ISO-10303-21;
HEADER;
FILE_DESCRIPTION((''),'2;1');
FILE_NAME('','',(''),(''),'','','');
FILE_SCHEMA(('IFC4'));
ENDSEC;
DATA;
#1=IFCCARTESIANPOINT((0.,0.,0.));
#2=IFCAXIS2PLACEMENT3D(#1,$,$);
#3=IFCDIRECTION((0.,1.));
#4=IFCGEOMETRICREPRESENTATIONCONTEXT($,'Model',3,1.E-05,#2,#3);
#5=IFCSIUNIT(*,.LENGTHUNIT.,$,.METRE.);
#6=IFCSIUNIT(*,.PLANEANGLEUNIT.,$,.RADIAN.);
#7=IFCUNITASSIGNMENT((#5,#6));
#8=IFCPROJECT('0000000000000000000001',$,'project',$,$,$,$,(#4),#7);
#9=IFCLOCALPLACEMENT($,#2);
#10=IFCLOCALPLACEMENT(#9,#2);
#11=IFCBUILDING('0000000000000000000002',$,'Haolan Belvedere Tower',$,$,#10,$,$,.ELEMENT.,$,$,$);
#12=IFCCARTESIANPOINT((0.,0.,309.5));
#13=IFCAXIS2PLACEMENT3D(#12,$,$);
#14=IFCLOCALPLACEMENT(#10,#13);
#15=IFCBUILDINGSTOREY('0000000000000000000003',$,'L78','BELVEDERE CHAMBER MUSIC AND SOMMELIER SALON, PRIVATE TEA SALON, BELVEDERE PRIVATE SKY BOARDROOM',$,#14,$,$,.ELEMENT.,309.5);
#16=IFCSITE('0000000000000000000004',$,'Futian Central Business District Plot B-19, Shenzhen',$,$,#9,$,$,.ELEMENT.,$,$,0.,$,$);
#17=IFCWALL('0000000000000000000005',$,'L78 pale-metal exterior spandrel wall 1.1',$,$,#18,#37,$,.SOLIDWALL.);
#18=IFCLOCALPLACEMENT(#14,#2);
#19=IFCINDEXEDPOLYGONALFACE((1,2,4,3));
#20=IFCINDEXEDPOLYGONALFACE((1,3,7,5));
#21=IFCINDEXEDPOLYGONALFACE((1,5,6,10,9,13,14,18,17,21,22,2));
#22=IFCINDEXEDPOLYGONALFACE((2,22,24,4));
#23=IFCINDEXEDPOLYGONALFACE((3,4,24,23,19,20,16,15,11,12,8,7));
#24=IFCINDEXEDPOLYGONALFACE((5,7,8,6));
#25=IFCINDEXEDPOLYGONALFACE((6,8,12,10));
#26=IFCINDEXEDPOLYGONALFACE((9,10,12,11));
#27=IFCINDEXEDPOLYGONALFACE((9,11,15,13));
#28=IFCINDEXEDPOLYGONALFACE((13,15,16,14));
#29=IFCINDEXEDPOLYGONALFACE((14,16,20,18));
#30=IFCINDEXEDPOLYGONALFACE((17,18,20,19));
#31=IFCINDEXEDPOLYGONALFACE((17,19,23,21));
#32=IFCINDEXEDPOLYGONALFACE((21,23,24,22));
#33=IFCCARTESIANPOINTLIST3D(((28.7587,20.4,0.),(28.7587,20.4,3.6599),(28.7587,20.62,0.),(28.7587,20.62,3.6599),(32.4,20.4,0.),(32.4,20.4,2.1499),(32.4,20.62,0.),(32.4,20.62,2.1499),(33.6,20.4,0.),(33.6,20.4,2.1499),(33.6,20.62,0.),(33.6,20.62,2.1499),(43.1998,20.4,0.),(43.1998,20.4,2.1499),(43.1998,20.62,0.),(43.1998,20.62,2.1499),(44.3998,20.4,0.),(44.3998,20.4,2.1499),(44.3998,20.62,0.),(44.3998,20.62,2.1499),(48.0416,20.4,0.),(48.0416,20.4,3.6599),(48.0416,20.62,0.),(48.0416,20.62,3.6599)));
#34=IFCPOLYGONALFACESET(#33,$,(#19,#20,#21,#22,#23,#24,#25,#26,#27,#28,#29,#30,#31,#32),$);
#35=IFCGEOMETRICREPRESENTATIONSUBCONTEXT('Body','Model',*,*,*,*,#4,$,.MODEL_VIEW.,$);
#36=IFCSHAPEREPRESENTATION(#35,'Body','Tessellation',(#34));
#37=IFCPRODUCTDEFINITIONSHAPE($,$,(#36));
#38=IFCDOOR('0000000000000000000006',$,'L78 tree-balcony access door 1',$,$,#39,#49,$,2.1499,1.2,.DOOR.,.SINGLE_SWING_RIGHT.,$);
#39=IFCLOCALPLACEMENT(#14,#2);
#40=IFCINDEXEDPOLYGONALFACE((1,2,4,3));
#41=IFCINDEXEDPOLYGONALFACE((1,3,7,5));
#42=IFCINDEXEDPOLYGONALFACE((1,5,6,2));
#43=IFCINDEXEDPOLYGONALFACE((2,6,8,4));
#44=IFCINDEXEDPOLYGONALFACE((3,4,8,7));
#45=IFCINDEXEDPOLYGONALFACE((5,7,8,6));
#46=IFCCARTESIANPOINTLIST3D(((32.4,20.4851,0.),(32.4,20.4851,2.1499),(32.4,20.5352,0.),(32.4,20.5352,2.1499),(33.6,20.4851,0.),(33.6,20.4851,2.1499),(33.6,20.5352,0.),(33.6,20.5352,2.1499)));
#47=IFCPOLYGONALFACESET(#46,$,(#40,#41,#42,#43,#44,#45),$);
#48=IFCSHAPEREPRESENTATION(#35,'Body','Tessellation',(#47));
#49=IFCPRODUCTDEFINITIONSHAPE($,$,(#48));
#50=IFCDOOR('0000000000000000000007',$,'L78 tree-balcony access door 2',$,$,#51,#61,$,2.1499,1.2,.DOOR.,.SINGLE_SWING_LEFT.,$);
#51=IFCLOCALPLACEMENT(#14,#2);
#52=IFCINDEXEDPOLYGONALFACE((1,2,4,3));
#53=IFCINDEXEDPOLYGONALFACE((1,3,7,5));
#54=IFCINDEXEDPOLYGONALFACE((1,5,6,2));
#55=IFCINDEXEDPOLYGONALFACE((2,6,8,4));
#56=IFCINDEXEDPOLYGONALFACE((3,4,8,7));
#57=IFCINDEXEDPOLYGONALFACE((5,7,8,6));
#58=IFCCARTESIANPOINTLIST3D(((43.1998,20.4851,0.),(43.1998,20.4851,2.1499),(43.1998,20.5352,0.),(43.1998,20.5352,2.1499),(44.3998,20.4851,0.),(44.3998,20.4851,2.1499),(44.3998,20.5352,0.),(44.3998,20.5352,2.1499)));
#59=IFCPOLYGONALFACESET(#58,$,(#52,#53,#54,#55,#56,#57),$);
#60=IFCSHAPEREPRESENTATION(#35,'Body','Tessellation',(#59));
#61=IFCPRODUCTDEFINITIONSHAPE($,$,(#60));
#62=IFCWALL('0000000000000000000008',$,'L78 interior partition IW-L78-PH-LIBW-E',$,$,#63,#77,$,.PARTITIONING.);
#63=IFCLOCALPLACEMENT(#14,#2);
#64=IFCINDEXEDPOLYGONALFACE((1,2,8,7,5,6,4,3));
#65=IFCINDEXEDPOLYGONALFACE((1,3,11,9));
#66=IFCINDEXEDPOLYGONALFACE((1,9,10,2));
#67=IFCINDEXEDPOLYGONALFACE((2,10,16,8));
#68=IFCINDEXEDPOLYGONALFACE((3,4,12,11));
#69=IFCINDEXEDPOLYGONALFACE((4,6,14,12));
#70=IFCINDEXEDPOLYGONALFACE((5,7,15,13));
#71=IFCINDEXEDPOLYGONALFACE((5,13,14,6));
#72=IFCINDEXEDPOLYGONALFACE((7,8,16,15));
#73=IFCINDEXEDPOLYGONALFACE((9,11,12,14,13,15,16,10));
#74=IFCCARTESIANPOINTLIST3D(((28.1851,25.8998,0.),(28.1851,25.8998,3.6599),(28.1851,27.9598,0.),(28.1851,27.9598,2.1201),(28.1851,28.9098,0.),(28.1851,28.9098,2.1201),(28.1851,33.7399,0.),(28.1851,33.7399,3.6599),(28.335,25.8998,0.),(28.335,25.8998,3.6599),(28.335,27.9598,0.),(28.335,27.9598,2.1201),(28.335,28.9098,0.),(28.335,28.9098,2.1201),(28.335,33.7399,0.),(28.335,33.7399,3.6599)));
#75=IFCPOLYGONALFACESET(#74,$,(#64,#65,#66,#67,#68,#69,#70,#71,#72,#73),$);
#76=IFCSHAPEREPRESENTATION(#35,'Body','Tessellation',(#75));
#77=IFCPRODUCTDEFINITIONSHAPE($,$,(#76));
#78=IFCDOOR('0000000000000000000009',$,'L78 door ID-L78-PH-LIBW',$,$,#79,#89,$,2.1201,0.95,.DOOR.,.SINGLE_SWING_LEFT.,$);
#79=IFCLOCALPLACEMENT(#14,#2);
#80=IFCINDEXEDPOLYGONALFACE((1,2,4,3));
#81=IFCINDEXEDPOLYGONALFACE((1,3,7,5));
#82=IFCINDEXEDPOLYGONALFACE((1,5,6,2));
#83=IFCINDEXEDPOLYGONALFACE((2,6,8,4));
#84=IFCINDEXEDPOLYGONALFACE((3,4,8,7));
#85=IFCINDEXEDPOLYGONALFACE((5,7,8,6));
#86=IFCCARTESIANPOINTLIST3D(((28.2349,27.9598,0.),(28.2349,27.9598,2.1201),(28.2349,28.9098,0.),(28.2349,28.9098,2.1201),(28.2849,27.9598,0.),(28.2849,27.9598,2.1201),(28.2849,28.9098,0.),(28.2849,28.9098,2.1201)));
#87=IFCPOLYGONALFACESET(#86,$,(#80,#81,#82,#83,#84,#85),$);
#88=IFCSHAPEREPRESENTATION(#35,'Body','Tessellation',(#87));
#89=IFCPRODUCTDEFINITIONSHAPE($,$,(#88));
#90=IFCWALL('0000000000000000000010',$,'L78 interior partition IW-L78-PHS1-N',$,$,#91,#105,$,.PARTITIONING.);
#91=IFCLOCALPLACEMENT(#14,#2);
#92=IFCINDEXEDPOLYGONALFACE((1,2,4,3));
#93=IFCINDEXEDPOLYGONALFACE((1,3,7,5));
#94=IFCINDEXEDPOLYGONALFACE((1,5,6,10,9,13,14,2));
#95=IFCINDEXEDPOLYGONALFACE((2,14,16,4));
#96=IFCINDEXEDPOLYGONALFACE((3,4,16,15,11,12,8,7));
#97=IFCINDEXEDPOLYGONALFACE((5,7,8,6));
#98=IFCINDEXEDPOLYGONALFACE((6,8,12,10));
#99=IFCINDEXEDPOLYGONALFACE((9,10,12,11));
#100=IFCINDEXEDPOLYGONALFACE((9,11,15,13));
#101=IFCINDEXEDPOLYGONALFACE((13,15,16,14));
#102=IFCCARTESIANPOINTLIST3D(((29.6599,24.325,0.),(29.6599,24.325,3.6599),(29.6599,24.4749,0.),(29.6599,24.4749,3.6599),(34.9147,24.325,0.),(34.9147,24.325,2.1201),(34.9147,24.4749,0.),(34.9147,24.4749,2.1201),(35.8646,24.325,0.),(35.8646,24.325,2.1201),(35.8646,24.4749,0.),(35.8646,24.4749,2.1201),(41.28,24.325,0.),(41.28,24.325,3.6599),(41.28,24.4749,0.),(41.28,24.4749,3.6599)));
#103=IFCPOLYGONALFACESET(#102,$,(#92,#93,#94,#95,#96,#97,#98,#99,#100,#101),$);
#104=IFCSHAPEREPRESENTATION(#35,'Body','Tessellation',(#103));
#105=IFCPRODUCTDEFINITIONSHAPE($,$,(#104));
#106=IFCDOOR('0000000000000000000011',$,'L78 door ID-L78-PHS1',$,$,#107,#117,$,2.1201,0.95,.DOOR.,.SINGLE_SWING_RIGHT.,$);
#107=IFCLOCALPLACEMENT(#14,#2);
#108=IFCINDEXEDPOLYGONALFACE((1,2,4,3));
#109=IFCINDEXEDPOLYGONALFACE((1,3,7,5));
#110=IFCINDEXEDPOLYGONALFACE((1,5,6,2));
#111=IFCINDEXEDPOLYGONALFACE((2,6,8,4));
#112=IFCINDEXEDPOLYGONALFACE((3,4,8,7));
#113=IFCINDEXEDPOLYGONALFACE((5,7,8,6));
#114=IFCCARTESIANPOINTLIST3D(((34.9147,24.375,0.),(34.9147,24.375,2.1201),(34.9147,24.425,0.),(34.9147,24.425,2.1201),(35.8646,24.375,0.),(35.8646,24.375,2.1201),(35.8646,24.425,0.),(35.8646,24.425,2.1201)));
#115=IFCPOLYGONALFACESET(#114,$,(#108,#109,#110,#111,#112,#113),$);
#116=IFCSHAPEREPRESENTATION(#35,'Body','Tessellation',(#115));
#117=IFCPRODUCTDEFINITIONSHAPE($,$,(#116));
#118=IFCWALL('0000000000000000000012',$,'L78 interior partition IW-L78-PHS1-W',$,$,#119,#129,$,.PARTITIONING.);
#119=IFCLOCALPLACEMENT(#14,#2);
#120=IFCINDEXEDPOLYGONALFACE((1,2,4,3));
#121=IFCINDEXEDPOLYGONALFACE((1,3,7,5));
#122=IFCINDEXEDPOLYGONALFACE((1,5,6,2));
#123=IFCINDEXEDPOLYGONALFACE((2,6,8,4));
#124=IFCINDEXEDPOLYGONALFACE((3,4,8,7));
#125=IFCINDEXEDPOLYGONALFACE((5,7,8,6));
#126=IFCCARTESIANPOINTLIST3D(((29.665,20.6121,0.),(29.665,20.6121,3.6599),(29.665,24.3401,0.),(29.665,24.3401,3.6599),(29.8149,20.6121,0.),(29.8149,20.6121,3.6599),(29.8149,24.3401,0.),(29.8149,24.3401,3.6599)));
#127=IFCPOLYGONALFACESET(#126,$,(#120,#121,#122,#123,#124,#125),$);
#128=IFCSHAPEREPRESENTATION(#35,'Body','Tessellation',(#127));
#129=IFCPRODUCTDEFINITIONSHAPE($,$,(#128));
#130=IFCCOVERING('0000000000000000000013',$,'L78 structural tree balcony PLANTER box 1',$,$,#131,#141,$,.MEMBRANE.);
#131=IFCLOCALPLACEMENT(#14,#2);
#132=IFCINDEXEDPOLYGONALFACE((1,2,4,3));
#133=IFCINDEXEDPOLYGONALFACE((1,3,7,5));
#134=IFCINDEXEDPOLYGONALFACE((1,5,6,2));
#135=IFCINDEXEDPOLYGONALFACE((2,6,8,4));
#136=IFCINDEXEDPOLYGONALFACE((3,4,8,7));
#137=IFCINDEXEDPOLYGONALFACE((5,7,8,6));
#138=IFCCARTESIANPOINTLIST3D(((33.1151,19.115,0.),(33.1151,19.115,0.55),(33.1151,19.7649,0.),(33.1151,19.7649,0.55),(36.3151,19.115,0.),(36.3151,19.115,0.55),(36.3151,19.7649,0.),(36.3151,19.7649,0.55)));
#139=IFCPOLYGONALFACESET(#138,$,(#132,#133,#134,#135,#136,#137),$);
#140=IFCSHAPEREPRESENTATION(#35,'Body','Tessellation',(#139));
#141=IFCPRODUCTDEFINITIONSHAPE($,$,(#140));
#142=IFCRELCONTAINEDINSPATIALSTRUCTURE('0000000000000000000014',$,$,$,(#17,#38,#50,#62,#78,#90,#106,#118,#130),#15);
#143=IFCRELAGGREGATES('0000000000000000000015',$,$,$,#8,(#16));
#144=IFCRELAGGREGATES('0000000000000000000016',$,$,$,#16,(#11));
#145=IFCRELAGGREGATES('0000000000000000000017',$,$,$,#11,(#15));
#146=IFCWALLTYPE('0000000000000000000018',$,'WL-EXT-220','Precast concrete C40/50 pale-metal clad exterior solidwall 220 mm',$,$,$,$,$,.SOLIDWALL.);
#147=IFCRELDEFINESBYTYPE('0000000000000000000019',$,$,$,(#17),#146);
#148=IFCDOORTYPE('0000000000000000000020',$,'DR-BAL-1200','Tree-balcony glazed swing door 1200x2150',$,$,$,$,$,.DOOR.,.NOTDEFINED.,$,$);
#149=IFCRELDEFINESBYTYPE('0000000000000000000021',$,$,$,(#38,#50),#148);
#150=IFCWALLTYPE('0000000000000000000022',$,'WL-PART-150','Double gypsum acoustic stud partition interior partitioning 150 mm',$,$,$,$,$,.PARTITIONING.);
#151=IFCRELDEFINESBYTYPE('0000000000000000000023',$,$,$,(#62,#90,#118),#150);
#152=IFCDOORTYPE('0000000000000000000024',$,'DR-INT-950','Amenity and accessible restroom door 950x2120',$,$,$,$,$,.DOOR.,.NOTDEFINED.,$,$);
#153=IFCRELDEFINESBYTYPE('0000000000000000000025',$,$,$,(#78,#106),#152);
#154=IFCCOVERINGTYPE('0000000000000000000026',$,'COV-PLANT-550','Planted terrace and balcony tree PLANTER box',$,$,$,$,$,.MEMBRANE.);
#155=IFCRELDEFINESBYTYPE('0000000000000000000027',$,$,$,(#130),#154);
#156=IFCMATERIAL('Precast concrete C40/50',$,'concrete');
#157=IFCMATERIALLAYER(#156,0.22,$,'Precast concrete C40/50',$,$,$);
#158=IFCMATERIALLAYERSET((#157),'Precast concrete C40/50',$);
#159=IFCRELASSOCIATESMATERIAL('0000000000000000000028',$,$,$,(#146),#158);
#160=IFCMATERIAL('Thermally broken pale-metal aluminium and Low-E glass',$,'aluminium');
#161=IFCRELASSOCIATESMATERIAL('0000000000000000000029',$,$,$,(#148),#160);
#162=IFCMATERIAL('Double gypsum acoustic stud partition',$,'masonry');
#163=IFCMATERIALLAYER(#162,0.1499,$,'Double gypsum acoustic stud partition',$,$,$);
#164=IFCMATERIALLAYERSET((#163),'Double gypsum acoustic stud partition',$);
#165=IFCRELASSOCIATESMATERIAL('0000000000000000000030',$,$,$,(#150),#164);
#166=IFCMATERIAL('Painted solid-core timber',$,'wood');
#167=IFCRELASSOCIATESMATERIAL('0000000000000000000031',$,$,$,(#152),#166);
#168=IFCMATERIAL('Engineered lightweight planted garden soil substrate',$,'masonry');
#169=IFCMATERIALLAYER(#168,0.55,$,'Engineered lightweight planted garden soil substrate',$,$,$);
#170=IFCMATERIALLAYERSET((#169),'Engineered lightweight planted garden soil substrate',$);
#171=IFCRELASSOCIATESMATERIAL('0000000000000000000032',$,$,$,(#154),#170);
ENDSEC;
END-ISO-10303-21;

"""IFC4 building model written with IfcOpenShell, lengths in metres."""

from ifc_helpers import new_model, si_unit, direction, frame, frame_2d, origin, origin_2d, place, context, subcontext, project, spatial, rectangle, extrude, material, layer, layer_set, type_object, element, fill, save


model = new_model("IFC4")

# Units and contexts
model_context = context("Model", 3, precision=1e-05, world=origin(), true_north=direction((0.0, 1.0)))
body_context = subcontext(model_context, "Body", "Model", "MODEL_VIEW")
ifc_project = project(units=[si_unit("LENGTHUNIT", "METRE"), si_unit("PLANEANGLEUNIT", "RADIAN")], contexts=[model_context])

# Site, building, storey
site_placement = place(None, origin())
site = spatial("IfcSite", under=ifc_project, at=site_placement, Name="Futian Central Business District Plot B-19, Shenzhen", CompositionType="ELEMENT", RefElevation=0.0)
building_placement = place(site_placement, origin())
building = spatial("IfcBuilding", under=site, at=building_placement, Name="Haolan Belvedere Tower", CompositionType="ELEMENT")
storey_placement = place(building_placement, frame((0.0, 0.0, 309.5)))
storey = spatial("IfcBuildingStorey", under=building, at=storey_placement, Name="L78", Description="BELVEDERE CHAMBER MUSIC AND SOMMELIER SALON, PRIVATE TEA SALON, BELVEDERE PRIVATE SKY BOARDROOM", CompositionType="ELEMENT", Elevation=309.5)

# Wall, openings, doors
ifc_material_1 = material(Name="Precast concrete C40/50", Category="concrete")
ifc_layer_1 = layer(ifc_material_1, 0.22, Name="Precast concrete C40/50")
ifc_layer_set_1 = layer_set([ifc_layer_1], Name="Precast concrete C40/50")
wall_type_1 = type_object("IfcWallType", Name="WL-EXT-220", Description="Precast concrete C40/50 pale-metal clad exterior solidwall 220 mm", PredefinedType="SOLIDWALL", material=ifc_layer_set_1)
wall_1_placement = place(storey_placement, frame((28.7585, 20.51, 0.0), z_axis=(0.0, 0.0, 1.0), x_axis=(1.0, 0.0, 0.0)))
wall_1 = element("IfcWall", 1, at=wall_1_placement, inside=storey, type_object=wall_type_1, Name="L78 pale-metal exterior spandrel wall 1.1", PredefinedType="SOLIDWALL", context=body_context, shape_type="SweptSolid", body=[
    extrude(rectangle(XDim=19.283, YDim=0.22, at=frame_2d((9.6416, 0.0))), origin(), (0.0, 0.0, 1.0), 3.6599),
])
opening_1_placement = place(wall_1_placement, frame((4.8416, 0.0, 0.0), z_axis=(0.0, 0.0, 1.0), x_axis=(-1.0, 0.0, 0.0)))
opening_1 = element("IfcOpeningElement", 2, at=opening_1_placement, cuts=wall_1, PredefinedType="OPENING", context=body_context, shape_type="SweptSolid", body=[
    extrude(rectangle(XDim=1.2, YDim=2.1499, at=frame_2d((0.6001, 1.075))), frame((0.0, 0.1199, 0.0), z_axis=(0.0, -1.0, 0.0), x_axis=(1.0, 0.0, 0.0)), (0.0, 0.0, 1.0), 0.24),
])
opening_2_placement = place(wall_1_placement, frame((15.6414, 0.0, 0.0), z_axis=(0.0, 0.0, 1.0), x_axis=(-1.0, 0.0, 0.0)))
opening_2 = element("IfcOpeningElement", 3, at=opening_2_placement, cuts=wall_1, PredefinedType="OPENING", context=body_context, shape_type="SweptSolid", body=[
    extrude(rectangle(XDim=1.2, YDim=2.1499, at=frame_2d((0.6001, 1.075))), frame((0.0, 0.1199, 0.0), z_axis=(0.0, -1.0, 0.0), x_axis=(1.0, 0.0, 0.0)), (0.0, 0.0, 1.0), 0.24),
])
ifc_material_2 = material(Name="Thermally broken pale-metal aluminium and Low-E glass", Category="aluminium")
door_type_1 = type_object("IfcDoorType", Name="DR-BAL-1200", Description="Tree-balcony glazed swing door 1200x2150", OperationType="NOTDEFINED", PredefinedType="DOOR", material=ifc_material_2)
door_1_placement = place(opening_1_placement, origin())
door_1 = element("IfcDoor", 4, at=door_1_placement, inside=storey, type_object=door_type_1, Name="L78 tree-balcony access door 1", OperationType="SINGLE_SWING_RIGHT", OverallHeight=2.1499, OverallWidth=1.2, PredefinedType="DOOR", context=body_context, shape_type="SweptSolid", body=[
    extrude(rectangle(XDim=1.2, YDim=2.1499, at=frame_2d((0.6001, 1.075))), frame((0.0, 0.0249, 0.0), z_axis=(0.0, -1.0, 0.0), x_axis=(1.0, 0.0, 0.0)), (0.0, 0.0, 1.0), 0.05),
])
fill(opening_1, door_1)
door_2_placement = place(opening_2_placement, origin())
door_2 = element("IfcDoor", 5, at=door_2_placement, inside=storey, type_object=door_type_1, Name="L78 tree-balcony access door 2", OperationType="SINGLE_SWING_LEFT", OverallHeight=2.1499, OverallWidth=1.2, PredefinedType="DOOR", context=body_context, shape_type="SweptSolid", body=[
    extrude(rectangle(XDim=1.2, YDim=2.1499, at=frame_2d((0.6001, 1.075))), frame((0.0, 0.0249, 0.0), z_axis=(0.0, -1.0, 0.0), x_axis=(1.0, 0.0, 0.0)), (0.0, 0.0, 1.0), 0.05),
])
fill(opening_2, door_2)

# Walls, openings, doors
ifc_material_3 = material(Name="Double gypsum acoustic stud partition", Category="masonry")
ifc_layer_2 = layer(ifc_material_3, 0.1499, Name="Double gypsum acoustic stud partition")
ifc_layer_set_2 = layer_set([ifc_layer_2], Name="Double gypsum acoustic stud partition")
wall_type_2 = type_object("IfcWallType", Name="WL-PART-150", Description="Double gypsum acoustic stud partition interior partitioning 150 mm", PredefinedType="PARTITIONING", material=ifc_layer_set_2)
wall_2_placement = place(storey_placement, frame((28.26, 25.8999, 0.0), z_axis=(0.0, 0.0, 1.0), x_axis=(0.0, 1.0, 0.0)))
wall_2 = element("IfcWall", 6, at=wall_2_placement, inside=storey, type_object=wall_type_2, Name="L78 interior partition IW-L78-PH-LIBW-E", PredefinedType="PARTITIONING", context=body_context, shape_type="SweptSolid", body=[
    extrude(rectangle(XDim=7.8401, YDim=0.1499, at=frame_2d((3.9199, 0.0))), origin(), (0.0, 0.0, 1.0), 3.6599),
])
opening_3_placement = place(wall_2_placement, frame((3.01, 0.0, 0.0), z_axis=(0.0, 0.0, 1.0), x_axis=(-1.0, 0.0, 0.0)))
opening_3 = element("IfcOpeningElement", 7, at=opening_3_placement, cuts=wall_2, PredefinedType="OPENING", context=body_context, shape_type="SweptSolid", body=[
    extrude(rectangle(XDim=0.95, YDim=2.1201, at=frame_2d((0.4751, 1.0601))), frame((0.0, 0.085, 0.0), z_axis=(0.0, -1.0, 0.0), x_axis=(1.0, 0.0, 0.0)), (0.0, 0.0, 1.0), 0.1699),
])
ifc_material_4 = material(Name="Painted solid-core timber", Category="wood")
door_type_2 = type_object("IfcDoorType", Name="DR-INT-950", Description="Amenity and accessible restroom door 950x2120", OperationType="NOTDEFINED", PredefinedType="DOOR", material=ifc_material_4)
door_3_placement = place(opening_3_placement, origin())
door_3 = element("IfcDoor", 8, at=door_3_placement, inside=storey, type_object=door_type_2, Name="L78 door ID-L78-PH-LIBW", OperationType="SINGLE_SWING_LEFT", OverallHeight=2.1201, OverallWidth=0.95, PredefinedType="DOOR", context=body_context, shape_type="SweptSolid", body=[
    extrude(rectangle(XDim=0.95, YDim=2.1201, at=frame_2d((0.4751, 1.0601))), frame((0.0, 0.0249, 0.0), z_axis=(0.0, -1.0, 0.0), x_axis=(1.0, 0.0, 0.0)), (0.0, 0.0, 1.0), 0.05),
])
fill(opening_3, door_3)
wall_3_placement = place(storey_placement, frame((29.6599, 24.3999, 0.0), z_axis=(0.0, 0.0, 1.0), x_axis=(1.0, 0.0, 0.0)))
wall_3 = element("IfcWall", 9, at=wall_3_placement, inside=storey, type_object=wall_type_2, Name="L78 interior partition IW-L78-PHS1-N", PredefinedType="PARTITIONING", context=body_context, shape_type="SweptSolid", body=[
    extrude(rectangle(XDim=11.6201, YDim=0.1499, at=frame_2d((5.8101, 0.0))), origin(), (0.0, 0.0, 1.0), 3.6599),
])
opening_4_placement = place(wall_3_placement, frame((6.2048, 0.0, 0.0), z_axis=(0.0, 0.0, 1.0), x_axis=(-1.0, 0.0, 0.0)))
opening_4 = element("IfcOpeningElement", 10, at=opening_4_placement, cuts=wall_3, PredefinedType="OPENING", context=body_context, shape_type="SweptSolid", body=[
    extrude(rectangle(XDim=0.95, YDim=2.1201, at=frame_2d((0.4751, 1.0601))), frame((0.0, 0.085, 0.0), z_axis=(0.0, -1.0, 0.0), x_axis=(1.0, 0.0, 0.0)), (0.0, 0.0, 1.0), 0.1699),
])
door_4_placement = place(opening_4_placement, origin())
door_4 = element("IfcDoor", 11, at=door_4_placement, inside=storey, type_object=door_type_2, Name="L78 door ID-L78-PHS1", OperationType="SINGLE_SWING_RIGHT", OverallHeight=2.1201, OverallWidth=0.95, PredefinedType="DOOR", context=body_context, shape_type="SweptSolid", body=[
    extrude(rectangle(XDim=0.95, YDim=2.1201, at=frame_2d((0.4751, 1.0601))), frame((0.0, 0.0249, 0.0), z_axis=(0.0, -1.0, 0.0), x_axis=(1.0, 0.0, 0.0)), (0.0, 0.0, 1.0), 0.05),
])
fill(opening_4, door_4)

# Wall
wall_4_placement = place(storey_placement, frame((29.74, 20.6121, 0.0), z_axis=(0.0, 0.0, 1.0), x_axis=(0.0, 1.0, 0.0)))
element("IfcWall", 12, at=wall_4_placement, inside=storey, type_object=wall_type_2, Name="L78 interior partition IW-L78-PHS1-W", PredefinedType="PARTITIONING", context=body_context, shape_type="SweptSolid", body=[
    extrude(rectangle(XDim=3.728, YDim=0.1499, at=frame_2d((1.864, 0.0))), origin(), (0.0, 0.0, 1.0), 3.6599),
])

# Covering
ifc_material_5 = material(Name="Engineered lightweight planted garden soil substrate", Category="masonry")
ifc_layer_3 = layer(ifc_material_5, 0.55, Name="Engineered lightweight planted garden soil substrate")
ifc_layer_set_3 = layer_set([ifc_layer_3], Name="Engineered lightweight planted garden soil substrate")
covering_type = type_object("IfcCoveringType", Name="COV-PLANT-550", Description="Planted terrace and balcony tree PLANTER box", PredefinedType="MEMBRANE", material=ifc_layer_set_3)
covering_placement = place(storey_placement, frame((34.7151, 19.4399, 0.0), z_axis=(0.0, 0.0, 1.0), x_axis=(1.0, 0.0, 0.0)))
element("IfcCovering", 13, at=covering_placement, inside=storey, type_object=covering_type, Name="L78 structural tree balcony PLANTER box 1", PredefinedType="MEMBRANE", context=body_context, shape_type="SweptSolid", body=[
    extrude(rectangle(XDim=3.2, YDim=0.6499, at=origin_2d()), origin(), (0.0, 0.0, 1.0), 0.55),
])

save(model, "model.ifc")
